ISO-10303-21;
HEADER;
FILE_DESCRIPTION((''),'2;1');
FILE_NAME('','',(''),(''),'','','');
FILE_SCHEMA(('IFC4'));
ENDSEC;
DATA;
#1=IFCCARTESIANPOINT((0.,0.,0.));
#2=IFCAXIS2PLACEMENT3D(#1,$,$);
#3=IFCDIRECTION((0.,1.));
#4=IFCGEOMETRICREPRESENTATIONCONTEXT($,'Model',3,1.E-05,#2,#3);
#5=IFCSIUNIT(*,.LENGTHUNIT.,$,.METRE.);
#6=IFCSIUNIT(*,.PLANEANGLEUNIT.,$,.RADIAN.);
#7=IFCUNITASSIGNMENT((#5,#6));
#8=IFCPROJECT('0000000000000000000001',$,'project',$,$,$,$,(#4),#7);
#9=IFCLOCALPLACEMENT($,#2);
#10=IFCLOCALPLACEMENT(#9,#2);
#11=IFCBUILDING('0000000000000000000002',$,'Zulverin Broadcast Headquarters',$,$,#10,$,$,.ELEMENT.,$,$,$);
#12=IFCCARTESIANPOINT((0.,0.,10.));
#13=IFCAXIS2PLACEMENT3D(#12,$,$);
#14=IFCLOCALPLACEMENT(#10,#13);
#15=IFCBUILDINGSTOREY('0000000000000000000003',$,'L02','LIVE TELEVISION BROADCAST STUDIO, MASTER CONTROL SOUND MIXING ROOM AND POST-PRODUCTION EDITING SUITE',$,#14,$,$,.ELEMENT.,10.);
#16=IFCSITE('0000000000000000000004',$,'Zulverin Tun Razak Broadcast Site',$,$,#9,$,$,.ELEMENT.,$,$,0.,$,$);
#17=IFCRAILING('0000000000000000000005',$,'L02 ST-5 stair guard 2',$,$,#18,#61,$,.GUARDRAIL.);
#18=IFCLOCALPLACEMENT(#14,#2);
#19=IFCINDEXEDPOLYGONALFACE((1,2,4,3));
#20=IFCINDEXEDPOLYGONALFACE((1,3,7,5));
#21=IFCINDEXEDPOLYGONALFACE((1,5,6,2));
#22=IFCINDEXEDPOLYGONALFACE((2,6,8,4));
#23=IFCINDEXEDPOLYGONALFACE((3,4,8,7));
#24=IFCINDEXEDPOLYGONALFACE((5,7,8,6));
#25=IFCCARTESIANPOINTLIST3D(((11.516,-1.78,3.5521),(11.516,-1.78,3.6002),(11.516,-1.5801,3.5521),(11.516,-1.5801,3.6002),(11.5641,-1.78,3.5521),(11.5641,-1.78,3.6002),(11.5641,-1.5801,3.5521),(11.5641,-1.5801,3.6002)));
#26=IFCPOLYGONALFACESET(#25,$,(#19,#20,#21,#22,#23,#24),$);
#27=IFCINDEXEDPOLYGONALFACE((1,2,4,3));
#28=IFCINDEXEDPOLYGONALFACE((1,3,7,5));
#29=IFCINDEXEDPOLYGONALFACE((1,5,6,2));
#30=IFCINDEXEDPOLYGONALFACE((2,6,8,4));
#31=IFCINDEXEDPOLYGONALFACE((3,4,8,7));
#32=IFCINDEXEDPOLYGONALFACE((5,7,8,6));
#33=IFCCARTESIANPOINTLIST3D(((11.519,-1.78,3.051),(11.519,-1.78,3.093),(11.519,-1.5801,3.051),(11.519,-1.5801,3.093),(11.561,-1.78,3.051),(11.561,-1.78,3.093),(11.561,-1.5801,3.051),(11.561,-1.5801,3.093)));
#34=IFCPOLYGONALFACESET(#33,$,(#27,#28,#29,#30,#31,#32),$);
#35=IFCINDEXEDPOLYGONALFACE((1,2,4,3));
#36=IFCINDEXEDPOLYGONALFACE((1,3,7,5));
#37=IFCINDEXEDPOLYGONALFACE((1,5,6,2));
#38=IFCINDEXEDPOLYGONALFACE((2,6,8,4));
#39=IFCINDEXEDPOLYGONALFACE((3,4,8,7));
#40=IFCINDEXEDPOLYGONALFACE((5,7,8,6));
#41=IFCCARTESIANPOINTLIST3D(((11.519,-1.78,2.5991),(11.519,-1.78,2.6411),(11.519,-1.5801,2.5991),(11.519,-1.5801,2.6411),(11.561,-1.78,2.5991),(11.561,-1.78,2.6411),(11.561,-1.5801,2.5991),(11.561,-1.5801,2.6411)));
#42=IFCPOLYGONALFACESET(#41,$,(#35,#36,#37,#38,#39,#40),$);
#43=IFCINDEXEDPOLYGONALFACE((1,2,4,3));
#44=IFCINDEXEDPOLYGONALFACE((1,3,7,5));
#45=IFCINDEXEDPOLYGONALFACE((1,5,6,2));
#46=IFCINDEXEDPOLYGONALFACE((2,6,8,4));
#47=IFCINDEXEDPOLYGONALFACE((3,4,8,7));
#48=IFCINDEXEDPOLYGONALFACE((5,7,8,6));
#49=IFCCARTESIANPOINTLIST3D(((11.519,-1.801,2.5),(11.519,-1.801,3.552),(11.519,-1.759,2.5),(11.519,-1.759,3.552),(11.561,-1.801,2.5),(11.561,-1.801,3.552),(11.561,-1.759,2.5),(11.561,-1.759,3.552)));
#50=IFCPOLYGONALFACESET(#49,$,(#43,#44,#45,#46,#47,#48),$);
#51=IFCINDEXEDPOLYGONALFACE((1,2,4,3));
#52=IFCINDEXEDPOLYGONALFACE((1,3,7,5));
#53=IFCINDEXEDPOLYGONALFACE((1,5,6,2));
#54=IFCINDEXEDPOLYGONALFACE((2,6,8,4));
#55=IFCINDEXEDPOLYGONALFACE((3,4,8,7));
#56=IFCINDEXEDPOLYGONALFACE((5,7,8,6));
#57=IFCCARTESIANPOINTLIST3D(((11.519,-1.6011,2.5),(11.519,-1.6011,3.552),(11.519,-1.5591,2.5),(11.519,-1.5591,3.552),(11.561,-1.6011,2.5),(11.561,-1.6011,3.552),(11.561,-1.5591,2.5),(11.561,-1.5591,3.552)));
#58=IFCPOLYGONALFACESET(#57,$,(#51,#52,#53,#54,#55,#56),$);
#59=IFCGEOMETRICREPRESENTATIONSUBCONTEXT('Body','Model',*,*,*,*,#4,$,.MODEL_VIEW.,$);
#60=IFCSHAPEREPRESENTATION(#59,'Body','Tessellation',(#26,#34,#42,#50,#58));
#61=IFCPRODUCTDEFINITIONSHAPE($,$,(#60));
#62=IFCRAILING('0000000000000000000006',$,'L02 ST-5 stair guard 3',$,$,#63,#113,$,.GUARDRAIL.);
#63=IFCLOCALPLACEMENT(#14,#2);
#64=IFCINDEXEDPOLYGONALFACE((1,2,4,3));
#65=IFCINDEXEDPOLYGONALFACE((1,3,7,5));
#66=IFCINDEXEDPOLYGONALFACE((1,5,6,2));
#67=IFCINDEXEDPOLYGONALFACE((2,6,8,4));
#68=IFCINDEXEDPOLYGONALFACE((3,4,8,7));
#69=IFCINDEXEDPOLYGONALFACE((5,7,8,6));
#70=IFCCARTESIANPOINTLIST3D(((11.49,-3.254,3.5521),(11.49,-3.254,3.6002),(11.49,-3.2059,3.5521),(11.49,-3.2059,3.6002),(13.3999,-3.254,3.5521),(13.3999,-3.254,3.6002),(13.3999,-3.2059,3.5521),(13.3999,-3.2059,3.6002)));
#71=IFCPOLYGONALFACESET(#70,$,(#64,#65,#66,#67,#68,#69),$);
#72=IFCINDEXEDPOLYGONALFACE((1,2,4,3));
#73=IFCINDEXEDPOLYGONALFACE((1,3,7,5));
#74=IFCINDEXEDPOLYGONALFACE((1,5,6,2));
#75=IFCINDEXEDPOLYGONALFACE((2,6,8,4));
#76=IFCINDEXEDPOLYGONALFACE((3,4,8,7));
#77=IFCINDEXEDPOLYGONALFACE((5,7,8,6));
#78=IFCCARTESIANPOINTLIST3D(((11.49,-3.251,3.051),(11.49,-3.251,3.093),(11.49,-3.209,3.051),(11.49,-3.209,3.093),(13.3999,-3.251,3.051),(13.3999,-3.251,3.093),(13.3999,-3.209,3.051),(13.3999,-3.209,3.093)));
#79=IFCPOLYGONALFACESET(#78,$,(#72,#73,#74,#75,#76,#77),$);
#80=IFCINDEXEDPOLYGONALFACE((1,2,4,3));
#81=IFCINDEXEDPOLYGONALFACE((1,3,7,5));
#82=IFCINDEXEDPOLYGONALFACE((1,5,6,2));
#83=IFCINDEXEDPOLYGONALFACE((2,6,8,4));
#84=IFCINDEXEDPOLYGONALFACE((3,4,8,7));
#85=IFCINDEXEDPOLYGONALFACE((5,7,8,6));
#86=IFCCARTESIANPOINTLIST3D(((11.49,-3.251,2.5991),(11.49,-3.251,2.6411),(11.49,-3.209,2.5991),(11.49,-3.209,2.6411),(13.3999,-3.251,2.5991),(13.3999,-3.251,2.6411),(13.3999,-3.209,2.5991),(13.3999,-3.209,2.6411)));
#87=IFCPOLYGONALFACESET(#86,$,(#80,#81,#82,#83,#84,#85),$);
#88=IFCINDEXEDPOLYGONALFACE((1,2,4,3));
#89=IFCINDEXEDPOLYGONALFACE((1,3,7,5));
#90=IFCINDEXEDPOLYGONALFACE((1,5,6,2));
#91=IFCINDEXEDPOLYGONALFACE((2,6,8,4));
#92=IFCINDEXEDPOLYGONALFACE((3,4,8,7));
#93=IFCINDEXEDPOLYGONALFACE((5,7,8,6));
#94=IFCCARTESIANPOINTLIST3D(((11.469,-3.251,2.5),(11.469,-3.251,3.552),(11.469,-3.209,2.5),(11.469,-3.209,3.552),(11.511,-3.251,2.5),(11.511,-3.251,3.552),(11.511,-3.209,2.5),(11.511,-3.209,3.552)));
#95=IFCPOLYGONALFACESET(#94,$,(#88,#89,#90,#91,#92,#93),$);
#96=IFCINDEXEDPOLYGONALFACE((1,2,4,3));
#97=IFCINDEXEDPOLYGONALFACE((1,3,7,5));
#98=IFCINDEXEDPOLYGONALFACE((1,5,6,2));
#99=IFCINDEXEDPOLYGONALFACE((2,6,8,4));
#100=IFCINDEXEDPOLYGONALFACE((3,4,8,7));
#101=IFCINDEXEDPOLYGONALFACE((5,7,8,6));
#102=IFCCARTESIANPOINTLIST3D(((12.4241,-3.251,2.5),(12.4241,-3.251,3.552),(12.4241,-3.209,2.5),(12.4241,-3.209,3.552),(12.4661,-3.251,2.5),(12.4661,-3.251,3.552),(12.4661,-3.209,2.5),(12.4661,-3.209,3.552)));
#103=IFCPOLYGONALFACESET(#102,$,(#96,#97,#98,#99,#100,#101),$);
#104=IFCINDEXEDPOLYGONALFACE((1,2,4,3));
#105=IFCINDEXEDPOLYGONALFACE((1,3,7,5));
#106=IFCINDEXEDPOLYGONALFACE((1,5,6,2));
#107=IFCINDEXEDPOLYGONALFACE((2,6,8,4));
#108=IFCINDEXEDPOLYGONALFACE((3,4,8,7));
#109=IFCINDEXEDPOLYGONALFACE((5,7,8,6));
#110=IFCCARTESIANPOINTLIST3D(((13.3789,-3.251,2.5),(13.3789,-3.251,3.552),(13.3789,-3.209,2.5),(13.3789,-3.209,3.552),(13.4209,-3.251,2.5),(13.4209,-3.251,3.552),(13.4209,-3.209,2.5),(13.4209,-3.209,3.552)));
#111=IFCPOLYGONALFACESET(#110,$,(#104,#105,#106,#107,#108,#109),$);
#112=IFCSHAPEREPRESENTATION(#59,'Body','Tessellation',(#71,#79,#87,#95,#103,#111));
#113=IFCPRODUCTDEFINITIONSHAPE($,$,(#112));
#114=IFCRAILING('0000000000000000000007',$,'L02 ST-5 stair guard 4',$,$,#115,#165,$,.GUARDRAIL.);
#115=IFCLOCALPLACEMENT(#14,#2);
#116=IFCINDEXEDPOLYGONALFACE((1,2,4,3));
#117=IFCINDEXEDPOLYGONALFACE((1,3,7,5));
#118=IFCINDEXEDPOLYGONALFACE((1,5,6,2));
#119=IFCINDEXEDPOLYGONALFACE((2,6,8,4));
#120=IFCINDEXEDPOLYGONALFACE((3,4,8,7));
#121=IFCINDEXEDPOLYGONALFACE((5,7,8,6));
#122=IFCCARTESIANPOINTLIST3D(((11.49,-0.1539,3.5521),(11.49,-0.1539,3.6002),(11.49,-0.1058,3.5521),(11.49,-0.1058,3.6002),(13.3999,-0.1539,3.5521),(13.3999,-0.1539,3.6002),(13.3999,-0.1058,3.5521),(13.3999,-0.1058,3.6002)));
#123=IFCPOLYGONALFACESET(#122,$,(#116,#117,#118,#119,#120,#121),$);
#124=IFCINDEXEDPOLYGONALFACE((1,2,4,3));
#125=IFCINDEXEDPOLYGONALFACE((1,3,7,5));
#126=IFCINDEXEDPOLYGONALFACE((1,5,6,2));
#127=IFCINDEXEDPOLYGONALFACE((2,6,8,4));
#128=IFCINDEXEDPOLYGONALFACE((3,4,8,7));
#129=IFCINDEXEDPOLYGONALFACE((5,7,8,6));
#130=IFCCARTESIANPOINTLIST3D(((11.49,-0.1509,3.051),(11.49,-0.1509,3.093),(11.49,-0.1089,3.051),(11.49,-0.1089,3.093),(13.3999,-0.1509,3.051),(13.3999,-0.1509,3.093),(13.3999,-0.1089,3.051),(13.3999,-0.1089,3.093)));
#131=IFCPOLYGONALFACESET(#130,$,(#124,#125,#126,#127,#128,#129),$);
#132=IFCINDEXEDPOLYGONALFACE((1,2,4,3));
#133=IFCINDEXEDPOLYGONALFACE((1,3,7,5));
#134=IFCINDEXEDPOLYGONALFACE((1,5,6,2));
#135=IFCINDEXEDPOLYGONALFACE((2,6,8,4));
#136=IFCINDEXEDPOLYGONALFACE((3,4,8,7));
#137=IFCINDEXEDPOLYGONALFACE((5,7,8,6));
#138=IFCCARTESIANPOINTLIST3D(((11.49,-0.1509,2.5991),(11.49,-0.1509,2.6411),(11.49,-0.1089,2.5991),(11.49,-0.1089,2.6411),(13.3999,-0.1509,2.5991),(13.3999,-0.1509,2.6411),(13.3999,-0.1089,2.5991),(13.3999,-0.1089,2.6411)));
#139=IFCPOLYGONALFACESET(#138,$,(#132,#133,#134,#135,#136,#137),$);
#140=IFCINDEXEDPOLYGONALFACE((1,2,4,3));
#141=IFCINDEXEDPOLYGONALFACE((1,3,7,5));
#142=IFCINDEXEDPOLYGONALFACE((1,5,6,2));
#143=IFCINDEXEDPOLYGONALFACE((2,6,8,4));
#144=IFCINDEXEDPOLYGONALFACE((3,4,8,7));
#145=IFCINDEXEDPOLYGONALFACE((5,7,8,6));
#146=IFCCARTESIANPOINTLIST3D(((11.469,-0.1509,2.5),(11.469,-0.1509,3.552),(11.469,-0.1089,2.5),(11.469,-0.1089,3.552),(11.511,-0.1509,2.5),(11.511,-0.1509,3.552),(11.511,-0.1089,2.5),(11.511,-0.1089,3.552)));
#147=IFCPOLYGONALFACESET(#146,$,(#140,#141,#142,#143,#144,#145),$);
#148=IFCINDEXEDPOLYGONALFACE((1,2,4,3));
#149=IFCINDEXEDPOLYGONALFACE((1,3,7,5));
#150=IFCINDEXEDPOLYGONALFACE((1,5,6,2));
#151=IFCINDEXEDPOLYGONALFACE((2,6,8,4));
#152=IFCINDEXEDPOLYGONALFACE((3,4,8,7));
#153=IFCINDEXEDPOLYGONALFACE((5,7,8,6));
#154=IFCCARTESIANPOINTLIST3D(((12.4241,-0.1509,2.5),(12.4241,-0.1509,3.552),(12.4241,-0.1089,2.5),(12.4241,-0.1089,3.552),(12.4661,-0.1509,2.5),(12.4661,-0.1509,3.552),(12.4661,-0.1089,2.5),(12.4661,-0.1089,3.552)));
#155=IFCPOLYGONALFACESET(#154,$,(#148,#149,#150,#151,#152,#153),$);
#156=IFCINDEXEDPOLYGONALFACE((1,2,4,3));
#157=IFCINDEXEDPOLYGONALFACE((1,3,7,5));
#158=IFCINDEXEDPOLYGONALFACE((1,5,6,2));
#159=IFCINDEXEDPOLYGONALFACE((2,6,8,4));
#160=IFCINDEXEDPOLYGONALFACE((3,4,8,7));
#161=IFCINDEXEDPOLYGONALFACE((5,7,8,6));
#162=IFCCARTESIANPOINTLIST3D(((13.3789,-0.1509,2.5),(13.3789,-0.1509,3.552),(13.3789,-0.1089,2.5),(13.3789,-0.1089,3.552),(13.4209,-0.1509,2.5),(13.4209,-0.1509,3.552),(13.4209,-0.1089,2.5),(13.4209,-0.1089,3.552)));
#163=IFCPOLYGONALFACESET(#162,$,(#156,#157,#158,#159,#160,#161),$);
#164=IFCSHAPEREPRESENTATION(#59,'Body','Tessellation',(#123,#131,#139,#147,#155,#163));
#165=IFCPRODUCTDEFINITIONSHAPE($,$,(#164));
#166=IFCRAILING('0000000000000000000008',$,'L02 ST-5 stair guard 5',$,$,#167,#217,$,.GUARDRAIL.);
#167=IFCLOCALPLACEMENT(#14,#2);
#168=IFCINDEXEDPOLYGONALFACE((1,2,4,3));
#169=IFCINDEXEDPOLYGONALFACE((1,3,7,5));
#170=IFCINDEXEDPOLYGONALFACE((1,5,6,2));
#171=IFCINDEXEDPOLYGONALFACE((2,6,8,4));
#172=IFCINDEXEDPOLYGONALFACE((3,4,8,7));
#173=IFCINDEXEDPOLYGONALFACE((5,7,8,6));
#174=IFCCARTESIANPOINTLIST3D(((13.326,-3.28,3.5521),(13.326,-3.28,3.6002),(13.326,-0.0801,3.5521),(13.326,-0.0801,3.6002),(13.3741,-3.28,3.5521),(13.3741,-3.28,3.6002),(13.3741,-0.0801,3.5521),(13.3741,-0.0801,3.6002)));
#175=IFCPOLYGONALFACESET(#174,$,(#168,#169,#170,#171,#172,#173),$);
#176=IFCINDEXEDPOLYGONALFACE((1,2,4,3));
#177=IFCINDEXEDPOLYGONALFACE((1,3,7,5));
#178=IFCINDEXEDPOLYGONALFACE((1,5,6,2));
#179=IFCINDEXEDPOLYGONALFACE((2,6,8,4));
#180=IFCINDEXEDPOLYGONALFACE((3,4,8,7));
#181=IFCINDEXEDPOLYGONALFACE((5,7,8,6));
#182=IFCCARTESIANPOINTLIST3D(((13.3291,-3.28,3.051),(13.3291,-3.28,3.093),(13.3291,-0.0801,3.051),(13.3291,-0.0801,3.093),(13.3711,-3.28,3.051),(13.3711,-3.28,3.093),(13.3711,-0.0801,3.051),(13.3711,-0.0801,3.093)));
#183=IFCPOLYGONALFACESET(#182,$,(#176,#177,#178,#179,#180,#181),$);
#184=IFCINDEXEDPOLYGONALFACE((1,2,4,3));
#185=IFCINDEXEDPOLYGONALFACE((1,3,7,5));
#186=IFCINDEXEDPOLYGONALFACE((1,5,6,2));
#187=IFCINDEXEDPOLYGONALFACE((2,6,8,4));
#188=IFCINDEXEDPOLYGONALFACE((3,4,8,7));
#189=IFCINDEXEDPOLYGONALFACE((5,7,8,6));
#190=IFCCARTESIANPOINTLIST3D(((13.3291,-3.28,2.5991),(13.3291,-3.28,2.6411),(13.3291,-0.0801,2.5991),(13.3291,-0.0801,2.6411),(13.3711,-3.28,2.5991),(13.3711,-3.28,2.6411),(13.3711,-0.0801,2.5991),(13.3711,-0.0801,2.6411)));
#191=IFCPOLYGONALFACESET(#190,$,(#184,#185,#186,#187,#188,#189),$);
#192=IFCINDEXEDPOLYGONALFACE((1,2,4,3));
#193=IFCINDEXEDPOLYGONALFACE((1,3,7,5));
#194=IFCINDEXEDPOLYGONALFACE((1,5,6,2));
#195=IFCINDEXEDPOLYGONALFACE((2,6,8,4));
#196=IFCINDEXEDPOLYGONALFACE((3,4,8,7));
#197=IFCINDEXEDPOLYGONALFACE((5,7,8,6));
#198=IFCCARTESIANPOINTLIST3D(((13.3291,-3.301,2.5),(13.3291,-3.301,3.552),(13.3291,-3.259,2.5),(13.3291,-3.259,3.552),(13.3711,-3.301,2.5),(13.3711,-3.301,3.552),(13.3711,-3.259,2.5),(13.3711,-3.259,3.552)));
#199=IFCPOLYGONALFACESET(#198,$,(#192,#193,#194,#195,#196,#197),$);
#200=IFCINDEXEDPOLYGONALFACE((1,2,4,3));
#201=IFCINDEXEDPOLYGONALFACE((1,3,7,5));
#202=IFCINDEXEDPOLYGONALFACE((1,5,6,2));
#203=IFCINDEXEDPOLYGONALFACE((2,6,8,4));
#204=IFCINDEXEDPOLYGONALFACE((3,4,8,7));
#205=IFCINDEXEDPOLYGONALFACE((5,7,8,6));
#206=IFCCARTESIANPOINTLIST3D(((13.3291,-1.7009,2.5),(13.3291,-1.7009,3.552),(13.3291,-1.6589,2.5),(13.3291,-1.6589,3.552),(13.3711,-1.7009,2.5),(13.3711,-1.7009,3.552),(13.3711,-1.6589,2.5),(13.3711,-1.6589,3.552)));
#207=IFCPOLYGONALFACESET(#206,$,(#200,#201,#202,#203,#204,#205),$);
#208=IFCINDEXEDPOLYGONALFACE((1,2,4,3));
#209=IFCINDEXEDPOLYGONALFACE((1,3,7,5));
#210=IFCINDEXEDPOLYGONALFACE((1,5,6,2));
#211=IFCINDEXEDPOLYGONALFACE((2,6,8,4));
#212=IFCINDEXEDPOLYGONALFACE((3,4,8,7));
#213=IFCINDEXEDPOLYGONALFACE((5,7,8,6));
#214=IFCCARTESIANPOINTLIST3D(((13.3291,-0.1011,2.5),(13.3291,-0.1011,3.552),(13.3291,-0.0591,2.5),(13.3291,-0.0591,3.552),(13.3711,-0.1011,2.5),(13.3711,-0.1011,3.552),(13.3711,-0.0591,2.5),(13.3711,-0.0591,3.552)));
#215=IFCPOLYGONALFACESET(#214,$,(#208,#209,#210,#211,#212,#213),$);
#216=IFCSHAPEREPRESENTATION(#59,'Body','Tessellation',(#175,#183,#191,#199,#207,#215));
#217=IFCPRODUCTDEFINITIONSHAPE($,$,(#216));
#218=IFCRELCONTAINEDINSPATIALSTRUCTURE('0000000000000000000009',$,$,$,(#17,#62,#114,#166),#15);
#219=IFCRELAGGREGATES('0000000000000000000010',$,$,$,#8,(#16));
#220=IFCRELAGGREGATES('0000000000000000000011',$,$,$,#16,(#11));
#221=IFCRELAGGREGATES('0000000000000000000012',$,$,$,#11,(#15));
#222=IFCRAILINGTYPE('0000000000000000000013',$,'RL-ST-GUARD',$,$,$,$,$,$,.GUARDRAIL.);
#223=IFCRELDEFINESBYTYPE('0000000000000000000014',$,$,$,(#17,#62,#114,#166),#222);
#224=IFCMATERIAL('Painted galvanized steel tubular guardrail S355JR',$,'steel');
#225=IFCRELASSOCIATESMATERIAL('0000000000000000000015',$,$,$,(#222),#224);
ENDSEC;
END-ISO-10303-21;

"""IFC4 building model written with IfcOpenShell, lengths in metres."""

from ifc_helpers import new_model, si_unit, direction, frame, origin, origin_2d, place, context, subcontext, project, spatial, rectangle, extrude, material, type_object, element, save


model = new_model("IFC4")

# Units and contexts
model_context = context("Model", 3, precision=1e-05, world=origin(), true_north=direction((0.0, 1.0)))
body_context = subcontext(model_context, "Body", "Model", "MODEL_VIEW")
ifc_project = project(units=[si_unit("LENGTHUNIT", "METRE"), si_unit("PLANEANGLEUNIT", "RADIAN")], contexts=[model_context])

# Site, building, storey
site_placement = place(None, origin())
site = spatial("IfcSite", under=ifc_project, at=site_placement, Name="Zulverin Tun Razak Broadcast Site", CompositionType="ELEMENT", RefElevation=0.0)
building_placement = place(site_placement, origin())
building = spatial("IfcBuilding", under=site, at=building_placement, Name="Zulverin Broadcast Headquarters", CompositionType="ELEMENT")
storey_placement = place(building_placement, frame((0.0, 0.0, 10.0)))
storey = spatial("IfcBuildingStorey", under=building, at=storey_placement, Name="L02", Description="LIVE TELEVISION BROADCAST STUDIO, MASTER CONTROL SOUND MIXING ROOM AND POST-PRODUCTION EDITING SUITE", CompositionType="ELEMENT", Elevation=10.0)

# Railings
ifc_material_1 = material(Name="Painted galvanized steel tubular guardrail S355JR", Category="steel")
railing_type_1 = type_object("IfcRailingType", Name="RL-ST-GUARD", PredefinedType="GUARDRAIL", material=ifc_material_1)
railing_1_placement = place(storey_placement, frame((11.54, -1.78, 2.5)))
element("IfcRailing", 1, at=railing_1_placement, inside=storey, type_object=railing_type_1, Name="L02 ST-5 stair guard 2", PredefinedType="GUARDRAIL", context=body_context, shape_type="SweptSolid", body=[
    extrude(rectangle(XDim=0.0481, YDim=0.0481, at=origin_2d()), frame((0.0, 0.0, 1.0762), z_axis=(0.0, 1.0, 0.0), x_axis=(-1.0, 0.0, 0.0)), (0.0, 0.0, 1.0), 0.2),
    extrude(rectangle(XDim=0.042, YDim=0.042, at=origin_2d()), frame((0.0, 0.0, 0.572), z_axis=(0.0, 1.0, 0.0), x_axis=(-1.0, 0.0, 0.0)), (0.0, 0.0, 1.0), 0.2),
    extrude(rectangle(XDim=0.042, YDim=0.042, at=origin_2d()), frame((0.0, 0.0, 0.1201), z_axis=(0.0, 1.0, 0.0), x_axis=(-1.0, 0.0, 0.0)), (0.0, 0.0, 1.0), 0.2),
    extrude(rectangle(XDim=0.042, YDim=0.042, at=origin_2d()), origin(), (0.0, 0.0, 1.0), 1.052),
    extrude(rectangle(XDim=0.042, YDim=0.042, at=origin_2d()), frame((0.0, 0.2, 0.0)), (0.0, 0.0, 1.0), 1.052),
])
for number, where, name in (
    (2, (11.49, -3.23, 2.5), "L02 ST-5 stair guard 3"),
    (3, (11.49, -0.1299, 2.5), "L02 ST-5 stair guard 4"),
):
    element("IfcRailing", number, at=place(storey_placement, frame(where)), inside=storey, type_object=railing_type_1, Name=name, PredefinedType="GUARDRAIL", context=body_context, shape_type="SweptSolid", body=[
        extrude(rectangle(XDim=0.0481, YDim=0.0481, at=origin_2d()), frame((0.0, 0.0, 1.0762), z_axis=(1.0, 0.0, 0.0), x_axis=(0.0, 1.0, 0.0)), (0.0, 0.0, 1.0), 1.9099),
        extrude(rectangle(XDim=0.042, YDim=0.042, at=origin_2d()), frame((0.0, 0.0, 0.572), z_axis=(1.0, 0.0, 0.0), x_axis=(0.0, 1.0, 0.0)), (0.0, 0.0, 1.0), 1.9099),
        extrude(rectangle(XDim=0.042, YDim=0.042, at=origin_2d()), frame((0.0, 0.0, 0.1201), z_axis=(1.0, 0.0, 0.0), x_axis=(0.0, 1.0, 0.0)), (0.0, 0.0, 1.0), 1.9099),
        extrude(rectangle(XDim=0.042, YDim=0.042, at=origin_2d()), origin(), (0.0, 0.0, 1.0), 1.052),
        extrude(rectangle(XDim=0.042, YDim=0.042, at=origin_2d()), frame((0.9551, 0.0, 0.0)), (0.0, 0.0, 1.0), 1.052),
        extrude(rectangle(XDim=0.042, YDim=0.042, at=origin_2d()), frame((1.9099, 0.0, 0.0)), (0.0, 0.0, 1.0), 1.052),
    ])
railing_2_placement = place(storey_placement, frame((13.3501, -3.28, 2.5)))
element("IfcRailing", 4, at=railing_2_placement, inside=storey, type_object=railing_type_1, Name="L02 ST-5 stair guard 5", PredefinedType="GUARDRAIL", context=body_context, shape_type="SweptSolid", body=[
    extrude(rectangle(XDim=0.0481, YDim=0.0481, at=origin_2d()), frame((0.0, 0.0, 1.0762), z_axis=(0.0, 1.0, 0.0), x_axis=(-1.0, 0.0, 0.0)), (0.0, 0.0, 1.0), 3.2),
    extrude(rectangle(XDim=0.042, YDim=0.042, at=origin_2d()), frame((0.0, 0.0, 0.572), z_axis=(0.0, 1.0, 0.0), x_axis=(-1.0, 0.0, 0.0)), (0.0, 0.0, 1.0), 3.2),
    extrude(rectangle(XDim=0.042, YDim=0.042, at=origin_2d()), frame((0.0, 0.0, 0.1201), z_axis=(0.0, 1.0, 0.0), x_axis=(-1.0, 0.0, 0.0)), (0.0, 0.0, 1.0), 3.2),
    extrude(rectangle(XDim=0.042, YDim=0.042, at=origin_2d()), origin(), (0.0, 0.0, 1.0), 1.052),
    extrude(rectangle(XDim=0.042, YDim=0.042, at=origin_2d()), frame((0.0, 1.6001, 0.0)), (0.0, 0.0, 1.0), 1.052),
    extrude(rectangle(XDim=0.042, YDim=0.042, at=origin_2d()), frame((0.0, 3.2, 0.0)), (0.0, 0.0, 1.0), 1.052),
])

save(model, "model.ifc")
